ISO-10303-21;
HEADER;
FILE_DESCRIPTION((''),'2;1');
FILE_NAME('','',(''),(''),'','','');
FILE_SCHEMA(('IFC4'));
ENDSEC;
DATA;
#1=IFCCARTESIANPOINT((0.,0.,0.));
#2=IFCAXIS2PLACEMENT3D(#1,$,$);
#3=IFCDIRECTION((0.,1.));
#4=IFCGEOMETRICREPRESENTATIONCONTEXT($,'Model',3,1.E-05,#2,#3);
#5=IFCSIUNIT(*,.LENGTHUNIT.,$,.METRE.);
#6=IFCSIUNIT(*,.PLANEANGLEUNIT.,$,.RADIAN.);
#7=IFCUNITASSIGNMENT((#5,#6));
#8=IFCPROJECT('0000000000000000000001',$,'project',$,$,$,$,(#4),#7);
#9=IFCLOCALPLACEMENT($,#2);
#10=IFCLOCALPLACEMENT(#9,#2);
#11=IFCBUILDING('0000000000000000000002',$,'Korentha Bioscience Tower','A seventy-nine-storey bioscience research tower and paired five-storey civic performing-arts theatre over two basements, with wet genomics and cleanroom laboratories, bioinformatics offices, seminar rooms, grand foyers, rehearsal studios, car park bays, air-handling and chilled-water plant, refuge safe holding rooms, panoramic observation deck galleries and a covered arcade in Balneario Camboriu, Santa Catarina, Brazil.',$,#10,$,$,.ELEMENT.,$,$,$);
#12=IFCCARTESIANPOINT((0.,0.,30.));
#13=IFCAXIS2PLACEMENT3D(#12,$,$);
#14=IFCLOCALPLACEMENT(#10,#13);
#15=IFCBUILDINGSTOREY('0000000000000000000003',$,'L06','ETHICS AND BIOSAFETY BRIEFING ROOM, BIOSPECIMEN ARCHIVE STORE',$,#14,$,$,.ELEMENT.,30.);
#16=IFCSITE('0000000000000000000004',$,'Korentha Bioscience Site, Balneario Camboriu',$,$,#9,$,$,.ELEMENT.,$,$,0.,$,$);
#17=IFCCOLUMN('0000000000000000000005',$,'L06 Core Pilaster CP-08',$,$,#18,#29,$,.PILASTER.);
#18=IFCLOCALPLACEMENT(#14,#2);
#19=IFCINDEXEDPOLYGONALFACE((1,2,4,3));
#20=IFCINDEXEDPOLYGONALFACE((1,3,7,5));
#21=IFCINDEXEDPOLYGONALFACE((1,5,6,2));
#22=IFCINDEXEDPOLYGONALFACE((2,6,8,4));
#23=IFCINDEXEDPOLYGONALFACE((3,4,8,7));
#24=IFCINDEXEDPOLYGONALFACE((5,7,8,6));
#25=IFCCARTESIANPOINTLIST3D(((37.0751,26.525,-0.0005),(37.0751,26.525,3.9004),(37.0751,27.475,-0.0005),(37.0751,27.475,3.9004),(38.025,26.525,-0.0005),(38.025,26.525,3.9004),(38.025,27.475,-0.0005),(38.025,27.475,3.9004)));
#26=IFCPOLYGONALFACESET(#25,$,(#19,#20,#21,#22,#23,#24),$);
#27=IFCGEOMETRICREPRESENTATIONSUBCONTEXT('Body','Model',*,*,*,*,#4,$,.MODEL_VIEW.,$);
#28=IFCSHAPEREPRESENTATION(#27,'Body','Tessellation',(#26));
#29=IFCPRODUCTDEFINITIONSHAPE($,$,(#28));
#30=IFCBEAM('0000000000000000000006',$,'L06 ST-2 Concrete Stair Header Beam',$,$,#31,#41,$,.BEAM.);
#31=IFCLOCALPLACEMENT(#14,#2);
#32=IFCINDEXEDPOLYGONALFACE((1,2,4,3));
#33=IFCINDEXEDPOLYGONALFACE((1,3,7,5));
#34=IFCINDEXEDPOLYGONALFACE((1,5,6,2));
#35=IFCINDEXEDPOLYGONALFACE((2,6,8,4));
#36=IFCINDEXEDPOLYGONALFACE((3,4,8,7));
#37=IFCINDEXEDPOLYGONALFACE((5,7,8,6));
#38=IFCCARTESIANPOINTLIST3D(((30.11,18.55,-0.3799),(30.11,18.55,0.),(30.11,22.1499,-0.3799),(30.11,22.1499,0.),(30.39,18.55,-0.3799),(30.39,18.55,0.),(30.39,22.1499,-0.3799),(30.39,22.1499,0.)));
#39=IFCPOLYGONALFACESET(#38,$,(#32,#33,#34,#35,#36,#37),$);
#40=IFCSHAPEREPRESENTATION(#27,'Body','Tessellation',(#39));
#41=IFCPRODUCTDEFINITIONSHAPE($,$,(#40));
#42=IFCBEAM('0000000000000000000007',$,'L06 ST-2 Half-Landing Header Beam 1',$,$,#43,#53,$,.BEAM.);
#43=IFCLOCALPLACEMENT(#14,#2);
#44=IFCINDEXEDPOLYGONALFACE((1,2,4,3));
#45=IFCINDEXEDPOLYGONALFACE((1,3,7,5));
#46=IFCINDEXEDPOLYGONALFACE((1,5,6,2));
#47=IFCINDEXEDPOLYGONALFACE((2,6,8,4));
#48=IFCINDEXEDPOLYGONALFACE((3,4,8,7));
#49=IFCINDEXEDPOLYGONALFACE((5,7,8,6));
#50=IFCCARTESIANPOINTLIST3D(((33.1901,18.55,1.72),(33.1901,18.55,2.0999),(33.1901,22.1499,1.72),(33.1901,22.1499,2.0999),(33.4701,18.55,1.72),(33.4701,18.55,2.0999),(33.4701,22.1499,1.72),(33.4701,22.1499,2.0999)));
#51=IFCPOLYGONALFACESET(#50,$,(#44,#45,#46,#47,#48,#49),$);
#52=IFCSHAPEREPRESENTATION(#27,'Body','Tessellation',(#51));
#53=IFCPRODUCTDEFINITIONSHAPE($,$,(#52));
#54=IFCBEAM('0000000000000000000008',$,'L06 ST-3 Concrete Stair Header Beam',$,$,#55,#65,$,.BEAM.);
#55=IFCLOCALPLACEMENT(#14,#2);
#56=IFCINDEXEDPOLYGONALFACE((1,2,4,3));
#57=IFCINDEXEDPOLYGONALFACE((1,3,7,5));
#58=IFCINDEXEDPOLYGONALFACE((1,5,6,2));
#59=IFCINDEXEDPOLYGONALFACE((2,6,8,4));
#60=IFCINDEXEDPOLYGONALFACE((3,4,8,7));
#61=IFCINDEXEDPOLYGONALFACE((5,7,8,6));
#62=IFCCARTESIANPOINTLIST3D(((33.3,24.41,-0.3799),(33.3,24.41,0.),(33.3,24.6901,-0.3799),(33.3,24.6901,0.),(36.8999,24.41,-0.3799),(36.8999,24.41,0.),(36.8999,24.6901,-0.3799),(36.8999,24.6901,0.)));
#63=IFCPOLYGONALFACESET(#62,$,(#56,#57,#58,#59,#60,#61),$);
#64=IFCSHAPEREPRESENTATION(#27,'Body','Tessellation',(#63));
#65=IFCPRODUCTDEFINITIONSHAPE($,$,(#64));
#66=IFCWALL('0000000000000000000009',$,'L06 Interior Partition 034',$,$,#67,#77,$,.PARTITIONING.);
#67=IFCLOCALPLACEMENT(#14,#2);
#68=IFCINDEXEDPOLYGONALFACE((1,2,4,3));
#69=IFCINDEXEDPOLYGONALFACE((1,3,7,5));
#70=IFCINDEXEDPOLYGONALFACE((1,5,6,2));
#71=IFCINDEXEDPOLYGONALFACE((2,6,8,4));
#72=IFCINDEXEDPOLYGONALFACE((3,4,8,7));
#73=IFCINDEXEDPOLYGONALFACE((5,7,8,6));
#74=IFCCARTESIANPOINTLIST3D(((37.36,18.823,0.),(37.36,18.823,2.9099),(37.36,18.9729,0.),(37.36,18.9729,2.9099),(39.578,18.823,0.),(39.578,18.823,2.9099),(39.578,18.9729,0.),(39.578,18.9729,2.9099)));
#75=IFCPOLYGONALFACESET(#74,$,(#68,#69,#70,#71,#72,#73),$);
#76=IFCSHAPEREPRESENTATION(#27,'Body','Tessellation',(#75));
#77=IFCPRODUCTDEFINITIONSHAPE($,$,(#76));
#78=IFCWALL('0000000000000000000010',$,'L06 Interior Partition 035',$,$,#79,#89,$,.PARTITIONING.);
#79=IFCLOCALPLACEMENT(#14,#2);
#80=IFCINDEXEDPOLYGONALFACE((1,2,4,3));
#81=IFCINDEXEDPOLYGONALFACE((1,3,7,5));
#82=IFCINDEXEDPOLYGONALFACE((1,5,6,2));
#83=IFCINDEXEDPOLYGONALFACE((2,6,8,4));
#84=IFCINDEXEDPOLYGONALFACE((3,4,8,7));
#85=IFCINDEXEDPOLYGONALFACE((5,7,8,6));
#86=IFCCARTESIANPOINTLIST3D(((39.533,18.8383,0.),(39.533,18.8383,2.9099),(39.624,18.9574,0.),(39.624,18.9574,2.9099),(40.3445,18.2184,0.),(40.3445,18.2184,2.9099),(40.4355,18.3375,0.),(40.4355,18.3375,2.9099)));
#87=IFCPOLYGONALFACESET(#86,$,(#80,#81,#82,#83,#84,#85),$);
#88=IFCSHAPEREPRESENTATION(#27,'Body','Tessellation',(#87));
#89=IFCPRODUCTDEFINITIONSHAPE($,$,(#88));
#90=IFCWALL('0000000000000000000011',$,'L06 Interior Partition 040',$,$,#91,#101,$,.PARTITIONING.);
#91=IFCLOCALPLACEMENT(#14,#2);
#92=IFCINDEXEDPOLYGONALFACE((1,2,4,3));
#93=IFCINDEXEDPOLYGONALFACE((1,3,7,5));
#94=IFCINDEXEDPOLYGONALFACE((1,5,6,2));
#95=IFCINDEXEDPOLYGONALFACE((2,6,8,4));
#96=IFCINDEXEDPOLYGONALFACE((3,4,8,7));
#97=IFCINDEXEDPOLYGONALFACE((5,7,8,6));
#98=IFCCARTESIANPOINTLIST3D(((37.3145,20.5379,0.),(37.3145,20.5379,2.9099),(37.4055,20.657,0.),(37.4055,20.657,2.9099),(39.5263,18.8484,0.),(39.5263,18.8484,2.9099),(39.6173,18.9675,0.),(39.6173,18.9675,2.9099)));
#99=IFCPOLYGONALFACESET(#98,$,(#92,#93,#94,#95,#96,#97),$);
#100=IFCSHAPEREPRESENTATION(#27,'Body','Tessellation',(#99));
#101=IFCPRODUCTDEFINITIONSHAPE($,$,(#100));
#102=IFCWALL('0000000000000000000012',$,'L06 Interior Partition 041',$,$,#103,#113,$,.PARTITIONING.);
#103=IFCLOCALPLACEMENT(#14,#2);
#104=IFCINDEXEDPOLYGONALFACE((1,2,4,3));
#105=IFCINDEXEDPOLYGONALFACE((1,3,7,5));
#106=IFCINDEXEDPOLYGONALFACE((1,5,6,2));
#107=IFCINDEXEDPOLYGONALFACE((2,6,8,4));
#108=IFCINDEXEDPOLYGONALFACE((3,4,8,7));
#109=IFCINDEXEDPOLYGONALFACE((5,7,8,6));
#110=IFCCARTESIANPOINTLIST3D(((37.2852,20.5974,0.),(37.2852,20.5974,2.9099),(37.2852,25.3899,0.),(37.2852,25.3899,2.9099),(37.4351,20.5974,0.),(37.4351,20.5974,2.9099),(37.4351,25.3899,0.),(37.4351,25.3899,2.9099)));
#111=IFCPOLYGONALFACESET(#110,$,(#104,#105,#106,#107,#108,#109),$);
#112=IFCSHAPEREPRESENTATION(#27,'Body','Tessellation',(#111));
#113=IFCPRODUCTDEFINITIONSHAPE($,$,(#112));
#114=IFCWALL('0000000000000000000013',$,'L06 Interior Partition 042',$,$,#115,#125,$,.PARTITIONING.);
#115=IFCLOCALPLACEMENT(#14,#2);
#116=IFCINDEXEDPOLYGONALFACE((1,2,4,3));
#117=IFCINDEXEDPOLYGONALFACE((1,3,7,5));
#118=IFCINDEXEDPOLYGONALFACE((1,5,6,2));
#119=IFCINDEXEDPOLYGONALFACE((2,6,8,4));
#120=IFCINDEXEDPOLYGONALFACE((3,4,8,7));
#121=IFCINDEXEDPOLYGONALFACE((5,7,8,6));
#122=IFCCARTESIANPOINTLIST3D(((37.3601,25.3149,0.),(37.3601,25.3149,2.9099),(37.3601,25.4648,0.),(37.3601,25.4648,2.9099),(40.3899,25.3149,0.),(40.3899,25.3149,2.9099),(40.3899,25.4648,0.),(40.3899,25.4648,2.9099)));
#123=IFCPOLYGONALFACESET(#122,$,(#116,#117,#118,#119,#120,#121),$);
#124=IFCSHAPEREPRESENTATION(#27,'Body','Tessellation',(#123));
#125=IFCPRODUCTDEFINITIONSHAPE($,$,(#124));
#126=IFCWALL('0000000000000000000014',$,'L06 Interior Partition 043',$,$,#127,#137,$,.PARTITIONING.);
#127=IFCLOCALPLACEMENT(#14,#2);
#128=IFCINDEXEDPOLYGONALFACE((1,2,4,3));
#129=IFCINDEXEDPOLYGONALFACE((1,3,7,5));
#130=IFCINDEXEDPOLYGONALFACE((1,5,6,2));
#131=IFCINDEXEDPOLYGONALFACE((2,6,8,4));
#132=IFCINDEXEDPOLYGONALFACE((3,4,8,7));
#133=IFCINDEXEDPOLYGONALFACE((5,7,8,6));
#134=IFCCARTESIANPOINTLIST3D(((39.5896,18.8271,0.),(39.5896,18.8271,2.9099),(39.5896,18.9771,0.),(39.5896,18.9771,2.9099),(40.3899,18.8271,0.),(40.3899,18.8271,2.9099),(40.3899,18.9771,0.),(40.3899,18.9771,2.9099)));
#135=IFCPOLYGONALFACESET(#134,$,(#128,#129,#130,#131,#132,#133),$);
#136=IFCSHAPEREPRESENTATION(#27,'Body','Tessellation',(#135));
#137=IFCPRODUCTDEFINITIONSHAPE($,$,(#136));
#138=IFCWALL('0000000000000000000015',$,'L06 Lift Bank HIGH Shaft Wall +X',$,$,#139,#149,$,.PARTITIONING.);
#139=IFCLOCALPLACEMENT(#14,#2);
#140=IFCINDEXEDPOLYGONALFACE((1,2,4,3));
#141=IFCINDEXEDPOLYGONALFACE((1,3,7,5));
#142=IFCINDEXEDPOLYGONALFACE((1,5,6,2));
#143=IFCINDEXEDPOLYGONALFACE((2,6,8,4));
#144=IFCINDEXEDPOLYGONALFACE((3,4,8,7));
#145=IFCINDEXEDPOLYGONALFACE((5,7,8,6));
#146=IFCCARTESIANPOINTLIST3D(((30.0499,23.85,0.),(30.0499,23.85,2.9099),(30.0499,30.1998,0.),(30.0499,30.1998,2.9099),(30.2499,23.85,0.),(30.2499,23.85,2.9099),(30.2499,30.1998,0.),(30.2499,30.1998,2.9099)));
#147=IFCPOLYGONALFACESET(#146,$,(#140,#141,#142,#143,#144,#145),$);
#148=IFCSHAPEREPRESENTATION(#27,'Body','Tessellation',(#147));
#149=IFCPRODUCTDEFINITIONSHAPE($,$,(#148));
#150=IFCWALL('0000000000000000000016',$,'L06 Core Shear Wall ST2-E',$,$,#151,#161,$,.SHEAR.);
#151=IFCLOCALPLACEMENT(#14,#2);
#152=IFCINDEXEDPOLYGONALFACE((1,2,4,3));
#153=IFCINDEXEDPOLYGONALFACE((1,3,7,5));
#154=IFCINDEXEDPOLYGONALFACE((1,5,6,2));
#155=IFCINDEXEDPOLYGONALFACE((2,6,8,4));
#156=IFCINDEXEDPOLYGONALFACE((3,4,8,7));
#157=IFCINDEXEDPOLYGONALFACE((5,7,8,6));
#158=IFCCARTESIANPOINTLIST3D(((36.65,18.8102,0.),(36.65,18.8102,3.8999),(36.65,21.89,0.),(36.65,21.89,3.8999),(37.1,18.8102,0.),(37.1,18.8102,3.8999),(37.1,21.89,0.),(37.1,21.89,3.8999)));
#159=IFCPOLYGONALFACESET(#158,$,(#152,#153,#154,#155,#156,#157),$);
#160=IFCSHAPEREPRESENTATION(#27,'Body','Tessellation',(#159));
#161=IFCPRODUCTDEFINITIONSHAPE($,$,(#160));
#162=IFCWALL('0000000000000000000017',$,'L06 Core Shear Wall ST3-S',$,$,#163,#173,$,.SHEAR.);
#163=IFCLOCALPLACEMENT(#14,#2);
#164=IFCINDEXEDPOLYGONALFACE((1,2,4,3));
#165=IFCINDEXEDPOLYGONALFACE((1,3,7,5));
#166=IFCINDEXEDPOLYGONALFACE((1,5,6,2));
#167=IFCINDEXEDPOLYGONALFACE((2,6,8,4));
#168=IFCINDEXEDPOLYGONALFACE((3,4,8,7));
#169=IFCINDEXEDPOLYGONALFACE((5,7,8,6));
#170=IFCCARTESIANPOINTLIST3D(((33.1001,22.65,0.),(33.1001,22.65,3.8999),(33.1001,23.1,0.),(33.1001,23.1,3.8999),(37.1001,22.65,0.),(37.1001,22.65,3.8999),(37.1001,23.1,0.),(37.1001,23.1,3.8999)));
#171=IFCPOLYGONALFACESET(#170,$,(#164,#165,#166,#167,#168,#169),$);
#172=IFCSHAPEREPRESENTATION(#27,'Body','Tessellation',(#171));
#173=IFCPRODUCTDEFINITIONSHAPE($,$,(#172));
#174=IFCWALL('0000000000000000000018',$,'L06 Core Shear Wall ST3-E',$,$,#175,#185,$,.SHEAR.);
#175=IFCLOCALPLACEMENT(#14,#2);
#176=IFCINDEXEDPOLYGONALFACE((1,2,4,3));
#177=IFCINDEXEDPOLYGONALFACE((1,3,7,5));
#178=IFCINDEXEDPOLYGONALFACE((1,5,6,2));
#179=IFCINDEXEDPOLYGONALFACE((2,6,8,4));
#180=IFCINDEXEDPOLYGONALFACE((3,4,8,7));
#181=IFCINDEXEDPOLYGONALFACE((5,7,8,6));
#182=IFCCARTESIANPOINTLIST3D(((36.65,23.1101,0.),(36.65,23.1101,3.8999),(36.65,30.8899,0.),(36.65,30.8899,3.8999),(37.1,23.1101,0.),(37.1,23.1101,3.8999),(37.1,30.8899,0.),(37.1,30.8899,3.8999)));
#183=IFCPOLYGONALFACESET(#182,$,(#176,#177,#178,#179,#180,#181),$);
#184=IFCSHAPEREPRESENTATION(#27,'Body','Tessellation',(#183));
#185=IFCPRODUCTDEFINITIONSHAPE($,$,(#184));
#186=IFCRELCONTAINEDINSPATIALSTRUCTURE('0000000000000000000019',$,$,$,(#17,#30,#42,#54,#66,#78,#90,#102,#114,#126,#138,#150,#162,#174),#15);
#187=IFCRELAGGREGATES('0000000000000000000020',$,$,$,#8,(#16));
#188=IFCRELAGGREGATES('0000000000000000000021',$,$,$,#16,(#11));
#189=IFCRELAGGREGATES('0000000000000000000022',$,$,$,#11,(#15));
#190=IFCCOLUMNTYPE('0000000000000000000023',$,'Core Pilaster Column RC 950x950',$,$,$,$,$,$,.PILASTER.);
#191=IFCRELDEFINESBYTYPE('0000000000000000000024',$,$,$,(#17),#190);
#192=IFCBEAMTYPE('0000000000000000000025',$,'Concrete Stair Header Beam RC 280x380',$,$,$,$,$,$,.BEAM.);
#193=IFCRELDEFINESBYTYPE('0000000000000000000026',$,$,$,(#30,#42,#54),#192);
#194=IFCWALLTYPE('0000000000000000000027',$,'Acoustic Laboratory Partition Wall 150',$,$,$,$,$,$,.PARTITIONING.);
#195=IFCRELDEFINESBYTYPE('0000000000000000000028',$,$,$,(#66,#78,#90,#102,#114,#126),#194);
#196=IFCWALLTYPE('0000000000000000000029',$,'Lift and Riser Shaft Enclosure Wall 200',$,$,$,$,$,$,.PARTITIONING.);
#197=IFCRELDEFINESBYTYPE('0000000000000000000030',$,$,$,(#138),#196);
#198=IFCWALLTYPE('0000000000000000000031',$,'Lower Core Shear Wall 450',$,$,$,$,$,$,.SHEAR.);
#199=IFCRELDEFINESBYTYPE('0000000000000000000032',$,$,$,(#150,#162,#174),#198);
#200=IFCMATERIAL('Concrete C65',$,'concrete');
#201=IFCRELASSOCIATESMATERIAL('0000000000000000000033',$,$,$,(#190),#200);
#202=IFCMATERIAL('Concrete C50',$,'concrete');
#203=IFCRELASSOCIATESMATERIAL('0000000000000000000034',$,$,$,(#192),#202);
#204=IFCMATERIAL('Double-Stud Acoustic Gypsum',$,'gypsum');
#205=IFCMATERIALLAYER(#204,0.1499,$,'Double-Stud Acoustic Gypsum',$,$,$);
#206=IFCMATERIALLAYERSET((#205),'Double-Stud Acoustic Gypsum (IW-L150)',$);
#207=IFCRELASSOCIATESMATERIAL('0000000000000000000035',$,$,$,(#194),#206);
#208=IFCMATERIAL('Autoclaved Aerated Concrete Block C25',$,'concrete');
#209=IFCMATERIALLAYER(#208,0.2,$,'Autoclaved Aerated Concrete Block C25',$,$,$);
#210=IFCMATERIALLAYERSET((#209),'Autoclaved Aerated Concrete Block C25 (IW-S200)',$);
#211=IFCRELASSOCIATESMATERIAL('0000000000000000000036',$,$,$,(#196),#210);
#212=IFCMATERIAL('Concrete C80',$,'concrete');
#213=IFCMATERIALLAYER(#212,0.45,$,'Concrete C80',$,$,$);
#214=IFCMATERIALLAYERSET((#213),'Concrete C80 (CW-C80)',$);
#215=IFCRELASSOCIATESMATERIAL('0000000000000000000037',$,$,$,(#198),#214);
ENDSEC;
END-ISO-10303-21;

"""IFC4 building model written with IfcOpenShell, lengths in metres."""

from ifc_helpers import new_model, si_unit, direction, frame, frame_2d, origin, origin_2d, place, context, subcontext, project, spatial, rectangle, extrude, material, layer, layer_set, material_profile, profile_set, type_object, element, save


model = new_model("IFC4")

# Units and contexts
model_context = context("Model", 3, precision=1e-05, world=origin(), true_north=direction((0.0, 1.0)))
body_context = subcontext(model_context, "Body", "Model", "MODEL_VIEW")
ifc_project = project(units=[si_unit("LENGTHUNIT", "METRE"), si_unit("PLANEANGLEUNIT", "RADIAN")], contexts=[model_context])

# Site, building, storey
site_placement = place(None, origin())
site = spatial("IfcSite", under=ifc_project, at=site_placement, Name="Korentha Bioscience Site, Balneario Camboriu", CompositionType="ELEMENT", RefElevation=0.0)
building_placement = place(site_placement, origin())
building = spatial("IfcBuilding", under=site, at=building_placement, Name="Korentha Bioscience Tower", Description="A seventy-nine-storey bioscience research tower and paired five-storey civic performing-arts theatre over two basements, with wet genomics and cleanroom laboratories, bioinformatics offices, seminar rooms, grand foyers, rehearsal studios, car park bays, air-handling and chilled-water plant, refuge safe holding rooms, panoramic observation deck galleries and a covered arcade in Balneario Camboriu, Santa Catarina, Brazil.", CompositionType="ELEMENT")
storey_placement = place(building_placement, frame((0.0, 0.0, 30.0)))
storey = spatial("IfcBuildingStorey", under=building, at=storey_placement, Name="L06", Description="ETHICS AND BIOSAFETY BRIEFING ROOM, BIOSPECIMEN ARCHIVE STORE", CompositionType="ELEMENT", Elevation=30.0)

# Column
ifc_material_1 = material(Name="Concrete C65", Category="concrete")
ifc_material_profile_1 = material_profile(ifc_material_1, rectangle(XDim=0.95, YDim=0.95, at=origin_2d()), Name="Concrete C65")
ifc_profile_set_1 = profile_set([ifc_material_profile_1], Name="Concrete C65 (COL-CP09)")
column_type = type_object("IfcColumnType", Name="Core Pilaster Column RC 950x950", PredefinedType="PILASTER", material=ifc_profile_set_1)
column_placement = place(storey_placement, frame((37.55, 27.0, -0.0005), z_axis=(0.0, 0.0, 1.0), x_axis=(1.0, 0.0, 0.0)))
element("IfcColumn", 1, at=column_placement, inside=storey, type_object=column_type, Name="L06 Core Pilaster CP-08", PredefinedType="PILASTER", context=body_context, shape_type="SweptSolid", body=[
    extrude(rectangle(XDim=0.95, YDim=0.95, at=origin_2d()), origin(), (0.0, 0.0, 1.0), 3.9009),
])

# Beams
ifc_material_2 = material(Name="Concrete C50", Category="concrete")
ifc_material_profile_2 = material_profile(ifc_material_2, rectangle(XDim=0.28, YDim=0.3799, at=origin_2d()), Name="Concrete C50")
ifc_profile_set_2 = profile_set([ifc_material_profile_2], Name="Concrete C50 (ST-HB380)")
beam_type = type_object("IfcBeamType", Name="Concrete Stair Header Beam RC 280x380", PredefinedType="BEAM", material=ifc_profile_set_2)
for number, where, z_axis, x_axis, name in (
    (2, (30.25, 18.55, -0.1899), (0.0, 1.0, 0.0), (-1.0, 0.0, 0.0), "L06 ST-2 Concrete Stair Header Beam"),
    (3, (33.3301, 18.55, 1.9099), (0.0, 1.0, 0.0), (-1.0, 0.0, 0.0), "L06 ST-2 Half-Landing Header Beam 1"),
    (4, (36.8999, 24.55, -0.1899), (-1.0, 0.0, 0.0), (0.0, -1.0, 0.0), "L06 ST-3 Concrete Stair Header Beam"),
):
    element("IfcBeam", number, at=place(storey_placement, frame(where, z_axis=z_axis, x_axis=x_axis)), inside=storey, type_object=beam_type, Name=name, PredefinedType="BEAM", context=body_context, shape_type="SweptSolid", body=[
        extrude(rectangle(XDim=0.28, YDim=0.3799, at=origin_2d()), origin(), (0.0, 0.0, 1.0), 3.5999),
    ])

# Shared definitions
ifc_material_3 = material(Name="Double-Stud Acoustic Gypsum", Category="gypsum")
ifc_layer_1 = layer(ifc_material_3, 0.1499, Name="Double-Stud Acoustic Gypsum")
ifc_layer_set_1 = layer_set([ifc_layer_1], Name="Double-Stud Acoustic Gypsum (IW-L150)")
wall_type_1 = type_object("IfcWallType", Name="Acoustic Laboratory Partition Wall 150", PredefinedType="PARTITIONING", material=ifc_layer_set_1)

# Walls
wall_1_placement = place(storey_placement, frame((37.3601, 18.8979, 0.0), z_axis=(0.0, 0.0, 1.0), x_axis=(1.0, 0.0, 0.0)))
element("IfcWall", 5, at=wall_1_placement, inside=storey, type_object=wall_type_1, Name="L06 Interior Partition 034", PredefinedType="PARTITIONING", context=body_context, shape_type="SweptSolid", body=[
    extrude(rectangle(XDim=2.218, YDim=0.1499, at=frame_2d((1.1089, 0.0))), origin(), (0.0, 0.0, 1.0), 2.9099),
])
wall_2_placement = place(storey_placement, frame((39.5784, 18.8979, 0.0), z_axis=(0.0, 0.0, 1.0), x_axis=(0.79469, -0.607015, 0.0)))
element("IfcWall", 6, at=wall_2_placement, inside=storey, type_object=wall_type_1, Name="L06 Interior Partition 035", PredefinedType="PARTITIONING", context=body_context, shape_type="SweptSolid", body=[
    extrude(rectangle(XDim=1.0212, YDim=0.1499, at=frame_2d((0.5107, 0.0))), origin(), (0.0, 0.0, 1.0), 2.9099),
])
wall_3_placement = place(storey_placement, frame((39.5718, 18.908, 0.0), z_axis=(0.0, 0.0, 1.0), x_axis=(-0.794674, 0.607037, 0.0)))
element("IfcWall", 7, at=wall_3_placement, inside=storey, type_object=wall_type_1, Name="L06 Interior Partition 040", PredefinedType="PARTITIONING", context=body_context, shape_type="SweptSolid", body=[
    extrude(rectangle(XDim=2.7832, YDim=0.1499, at=frame_2d((1.3916, 0.0))), origin(), (0.0, 0.0, 1.0), 2.9099),
])
wall_4_placement = place(storey_placement, frame((37.3601, 20.5974, 0.0), z_axis=(0.0, 0.0, 1.0), x_axis=(0.0, 1.0, 0.0)))
element("IfcWall", 8, at=wall_4_placement, inside=storey, type_object=wall_type_1, Name="L06 Interior Partition 041", PredefinedType="PARTITIONING", context=body_context, shape_type="SweptSolid", body=[
    extrude(rectangle(XDim=4.7925, YDim=0.1499, at=frame_2d((2.3962, 0.0))), origin(), (0.0, 0.0, 1.0), 2.9099),
])
wall_5_placement = place(storey_placement, frame((37.3601, 25.3899, 0.0), z_axis=(0.0, 0.0, 1.0), x_axis=(1.0, 0.0, 0.0)))
element("IfcWall", 9, at=wall_5_placement, inside=storey, type_object=wall_type_1, Name="L06 Interior Partition 042", PredefinedType="PARTITIONING", context=body_context, shape_type="SweptSolid", body=[
    extrude(rectangle(XDim=3.0298, YDim=0.1499, at=frame_2d((1.5149, 0.0))), origin(), (0.0, 0.0, 1.0), 2.9099),
])
wall_6_placement = place(storey_placement, frame((40.3899, 18.9021, 0.0), z_axis=(0.0, 0.0, 1.0), x_axis=(-1.0, 0.0, 0.0)))
element("IfcWall", 10, at=wall_6_placement, inside=storey, type_object=wall_type_1, Name="L06 Interior Partition 043", PredefinedType="PARTITIONING", context=body_context, shape_type="SweptSolid", body=[
    extrude(rectangle(XDim=0.8003, YDim=0.1499, at=frame_2d((0.4001, 0.0))), origin(), (0.0, 0.0, 1.0), 2.9099),
])
ifc_material_4 = material(Name="Autoclaved Aerated Concrete Block C25", Category="concrete")
ifc_layer_2 = layer(ifc_material_4, 0.2, Name="Autoclaved Aerated Concrete Block C25")
ifc_layer_set_2 = layer_set([ifc_layer_2], Name="Autoclaved Aerated Concrete Block C25 (IW-S200)")
wall_type_2 = type_object("IfcWallType", Name="Lift and Riser Shaft Enclosure Wall 200", PredefinedType="PARTITIONING", material=ifc_layer_set_2)
wall_7_placement = place(storey_placement, frame((30.1499, 23.8501, 0.0), z_axis=(0.0, 0.0, 1.0), x_axis=(0.0, 1.0, 0.0)))
element("IfcWall", 11, at=wall_7_placement, inside=storey, type_object=wall_type_2, Name="L06 Lift Bank HIGH Shaft Wall +X", PredefinedType="PARTITIONING", context=body_context, shape_type="SweptSolid", body=[
    extrude(rectangle(XDim=6.3499, YDim=0.2, at=frame_2d((3.1748, 0.0))), origin(), (0.0, 0.0, 1.0), 2.9099),
])
ifc_material_5 = material(Name="Concrete C80", Category="concrete")
ifc_layer_3 = layer(ifc_material_5, 0.45, Name="Concrete C80")
ifc_layer_set_3 = layer_set([ifc_layer_3], Name="Concrete C80 (CW-C80)")
wall_type_3 = type_object("IfcWallType", Name="Lower Core Shear Wall 450", PredefinedType="SHEAR", material=ifc_layer_set_3)
wall_8_placement = place(storey_placement, frame((36.875, 18.8101, 0.0), z_axis=(0.0, 0.0, 1.0), x_axis=(0.0, 1.0, 0.0)))
element("IfcWall", 12, at=wall_8_placement, inside=storey, type_object=wall_type_3, Name="L06 Core Shear Wall ST2-E", PredefinedType="SHEAR", context=body_context, shape_type="SweptSolid", body=[
    extrude(rectangle(XDim=3.0798, YDim=0.45, at=frame_2d((1.54, 0.0))), origin(), (0.0, 0.0, 1.0), 3.8999),
])
wall_9_placement = place(storey_placement, frame((33.1001, 22.875, 0.0), z_axis=(0.0, 0.0, 1.0), x_axis=(1.0, 0.0, 0.0)))
element("IfcWall", 13, at=wall_9_placement, inside=storey, type_object=wall_type_3, Name="L06 Core Shear Wall ST3-S", PredefinedType="SHEAR", context=body_context, shape_type="SweptSolid", body=[
    extrude(rectangle(XDim=4.0, YDim=0.45, at=frame_2d((2.0, 0.0))), origin(), (0.0, 0.0, 1.0), 3.8999),
])
wall_10_placement = place(storey_placement, frame((36.875, 23.1101, 0.0), z_axis=(0.0, 0.0, 1.0), x_axis=(0.0, 1.0, 0.0)))
element("IfcWall", 14, at=wall_10_placement, inside=storey, type_object=wall_type_3, Name="L06 Core Shear Wall ST3-E", PredefinedType="SHEAR", context=body_context, shape_type="SweptSolid", body=[
    extrude(rectangle(XDim=7.7798, YDim=0.45, at=frame_2d((3.8899, 0.0))), origin(), (0.0, 0.0, 1.0), 3.8999),
])

save(model, "model.ifc")
